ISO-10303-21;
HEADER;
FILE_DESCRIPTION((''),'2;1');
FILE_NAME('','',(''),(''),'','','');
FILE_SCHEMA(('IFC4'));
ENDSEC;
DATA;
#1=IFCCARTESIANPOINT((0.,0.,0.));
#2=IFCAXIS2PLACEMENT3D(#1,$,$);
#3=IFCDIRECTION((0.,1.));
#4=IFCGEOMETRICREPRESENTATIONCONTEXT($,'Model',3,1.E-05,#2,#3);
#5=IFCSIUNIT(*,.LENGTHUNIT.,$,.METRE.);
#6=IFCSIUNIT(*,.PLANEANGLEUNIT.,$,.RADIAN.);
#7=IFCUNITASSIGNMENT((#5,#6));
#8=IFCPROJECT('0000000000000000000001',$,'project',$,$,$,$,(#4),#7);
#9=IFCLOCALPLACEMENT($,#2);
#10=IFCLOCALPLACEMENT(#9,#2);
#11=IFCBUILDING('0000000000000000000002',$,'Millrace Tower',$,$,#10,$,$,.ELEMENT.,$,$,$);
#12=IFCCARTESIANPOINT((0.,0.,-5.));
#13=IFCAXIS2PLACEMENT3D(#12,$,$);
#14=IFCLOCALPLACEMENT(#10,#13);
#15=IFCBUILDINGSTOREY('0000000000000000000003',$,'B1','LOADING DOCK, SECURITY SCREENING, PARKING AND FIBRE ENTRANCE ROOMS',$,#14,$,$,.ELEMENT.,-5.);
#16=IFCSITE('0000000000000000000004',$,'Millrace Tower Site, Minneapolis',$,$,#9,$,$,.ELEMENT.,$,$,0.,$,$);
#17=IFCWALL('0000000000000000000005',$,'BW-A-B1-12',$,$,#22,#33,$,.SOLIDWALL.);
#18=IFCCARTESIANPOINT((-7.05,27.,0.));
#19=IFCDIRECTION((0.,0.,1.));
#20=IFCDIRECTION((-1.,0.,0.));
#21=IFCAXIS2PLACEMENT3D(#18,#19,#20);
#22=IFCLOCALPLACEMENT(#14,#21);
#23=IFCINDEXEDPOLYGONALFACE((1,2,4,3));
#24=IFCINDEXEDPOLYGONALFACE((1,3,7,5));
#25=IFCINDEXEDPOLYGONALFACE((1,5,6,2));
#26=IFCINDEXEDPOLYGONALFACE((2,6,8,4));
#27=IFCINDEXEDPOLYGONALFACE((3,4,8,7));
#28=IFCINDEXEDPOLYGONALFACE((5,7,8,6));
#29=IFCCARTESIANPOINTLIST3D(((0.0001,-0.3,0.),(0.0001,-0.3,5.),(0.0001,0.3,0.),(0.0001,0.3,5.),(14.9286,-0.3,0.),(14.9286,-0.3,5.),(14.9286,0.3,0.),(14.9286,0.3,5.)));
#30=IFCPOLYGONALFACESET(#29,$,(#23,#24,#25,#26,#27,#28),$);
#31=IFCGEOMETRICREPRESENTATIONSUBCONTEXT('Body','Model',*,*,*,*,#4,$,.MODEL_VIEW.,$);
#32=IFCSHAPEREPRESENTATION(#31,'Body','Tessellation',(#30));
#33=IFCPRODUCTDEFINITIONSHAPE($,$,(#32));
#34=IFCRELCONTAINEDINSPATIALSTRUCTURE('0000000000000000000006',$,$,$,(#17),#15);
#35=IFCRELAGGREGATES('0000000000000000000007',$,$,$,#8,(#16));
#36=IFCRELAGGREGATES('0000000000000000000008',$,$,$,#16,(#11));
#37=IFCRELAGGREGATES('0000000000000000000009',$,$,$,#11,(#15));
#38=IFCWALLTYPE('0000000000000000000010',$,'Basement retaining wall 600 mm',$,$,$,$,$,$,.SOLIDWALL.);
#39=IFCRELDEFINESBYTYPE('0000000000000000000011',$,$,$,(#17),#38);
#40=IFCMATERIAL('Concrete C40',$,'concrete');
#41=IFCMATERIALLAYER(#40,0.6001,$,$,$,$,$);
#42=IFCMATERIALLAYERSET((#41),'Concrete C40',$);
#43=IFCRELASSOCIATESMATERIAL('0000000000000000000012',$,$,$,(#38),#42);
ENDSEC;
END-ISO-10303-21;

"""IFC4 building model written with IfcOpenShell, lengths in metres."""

from ifc_helpers import new_model, si_unit, direction, frame, frame_2d, origin, place, context, subcontext, project, spatial, rectangle, extrude, material, layer, layer_set, type_object, element, save


model = new_model("IFC4")

# Units and contexts
model_context = context("Model", 3, precision=1e-05, world=origin(), true_north=direction((0.0, 1.0)))
body_context = subcontext(model_context, "Body", "Model", "MODEL_VIEW")
ifc_project = project(units=[si_unit("LENGTHUNIT", "METRE"), si_unit("PLANEANGLEUNIT", "RADIAN")], contexts=[model_context])

# Site, building, storey
site_placement = place(None, origin())
site = spatial("IfcSite", under=ifc_project, at=site_placement, Name="Millrace Tower Site, Minneapolis", CompositionType="ELEMENT", RefElevation=0.0)
building_placement = place(site_placement, origin())
building = spatial("IfcBuilding", under=site, at=building_placement, Name="Millrace Tower", CompositionType="ELEMENT")
storey_placement = place(building_placement, frame((0.0, 0.0, -5.0)))
storey = spatial("IfcBuildingStorey", under=building, at=storey_placement, Name="B1", Description="LOADING DOCK, SECURITY SCREENING, PARKING AND FIBRE ENTRANCE ROOMS", CompositionType="ELEMENT", Elevation=-5.0)

# Shared definitions
placement = place(storey_placement, frame((-7.05, 27.0, 0.0), z_axis=(0.0, 0.0, 1.0), x_axis=(-1.0, 0.0, 0.0)))

# Wall
ifc_material_1 = material(Name="Concrete C40", Category="concrete")
ifc_layer_1 = layer(ifc_material_1, 0.6001)
ifc_layer_set_1 = layer_set([ifc_layer_1], Name="Concrete C40")
wall_type_1 = type_object("IfcWallType", Name="Basement retaining wall 600 mm", PredefinedType="SOLIDWALL", material=ifc_layer_set_1)
element("IfcWall", 1, at=placement, inside=storey, type_object=wall_type_1, Name="BW-A-B1-12", PredefinedType="SOLIDWALL", context=body_context, shape_type="SweptSolid", body=[
    extrude(rectangle(XDim=14.9285, YDim=0.6001, at=frame_2d((7.4644, 0.0))), origin(), (0.0, 0.0, 1.0), 5.0),
])

save(model, "model.ifc")
